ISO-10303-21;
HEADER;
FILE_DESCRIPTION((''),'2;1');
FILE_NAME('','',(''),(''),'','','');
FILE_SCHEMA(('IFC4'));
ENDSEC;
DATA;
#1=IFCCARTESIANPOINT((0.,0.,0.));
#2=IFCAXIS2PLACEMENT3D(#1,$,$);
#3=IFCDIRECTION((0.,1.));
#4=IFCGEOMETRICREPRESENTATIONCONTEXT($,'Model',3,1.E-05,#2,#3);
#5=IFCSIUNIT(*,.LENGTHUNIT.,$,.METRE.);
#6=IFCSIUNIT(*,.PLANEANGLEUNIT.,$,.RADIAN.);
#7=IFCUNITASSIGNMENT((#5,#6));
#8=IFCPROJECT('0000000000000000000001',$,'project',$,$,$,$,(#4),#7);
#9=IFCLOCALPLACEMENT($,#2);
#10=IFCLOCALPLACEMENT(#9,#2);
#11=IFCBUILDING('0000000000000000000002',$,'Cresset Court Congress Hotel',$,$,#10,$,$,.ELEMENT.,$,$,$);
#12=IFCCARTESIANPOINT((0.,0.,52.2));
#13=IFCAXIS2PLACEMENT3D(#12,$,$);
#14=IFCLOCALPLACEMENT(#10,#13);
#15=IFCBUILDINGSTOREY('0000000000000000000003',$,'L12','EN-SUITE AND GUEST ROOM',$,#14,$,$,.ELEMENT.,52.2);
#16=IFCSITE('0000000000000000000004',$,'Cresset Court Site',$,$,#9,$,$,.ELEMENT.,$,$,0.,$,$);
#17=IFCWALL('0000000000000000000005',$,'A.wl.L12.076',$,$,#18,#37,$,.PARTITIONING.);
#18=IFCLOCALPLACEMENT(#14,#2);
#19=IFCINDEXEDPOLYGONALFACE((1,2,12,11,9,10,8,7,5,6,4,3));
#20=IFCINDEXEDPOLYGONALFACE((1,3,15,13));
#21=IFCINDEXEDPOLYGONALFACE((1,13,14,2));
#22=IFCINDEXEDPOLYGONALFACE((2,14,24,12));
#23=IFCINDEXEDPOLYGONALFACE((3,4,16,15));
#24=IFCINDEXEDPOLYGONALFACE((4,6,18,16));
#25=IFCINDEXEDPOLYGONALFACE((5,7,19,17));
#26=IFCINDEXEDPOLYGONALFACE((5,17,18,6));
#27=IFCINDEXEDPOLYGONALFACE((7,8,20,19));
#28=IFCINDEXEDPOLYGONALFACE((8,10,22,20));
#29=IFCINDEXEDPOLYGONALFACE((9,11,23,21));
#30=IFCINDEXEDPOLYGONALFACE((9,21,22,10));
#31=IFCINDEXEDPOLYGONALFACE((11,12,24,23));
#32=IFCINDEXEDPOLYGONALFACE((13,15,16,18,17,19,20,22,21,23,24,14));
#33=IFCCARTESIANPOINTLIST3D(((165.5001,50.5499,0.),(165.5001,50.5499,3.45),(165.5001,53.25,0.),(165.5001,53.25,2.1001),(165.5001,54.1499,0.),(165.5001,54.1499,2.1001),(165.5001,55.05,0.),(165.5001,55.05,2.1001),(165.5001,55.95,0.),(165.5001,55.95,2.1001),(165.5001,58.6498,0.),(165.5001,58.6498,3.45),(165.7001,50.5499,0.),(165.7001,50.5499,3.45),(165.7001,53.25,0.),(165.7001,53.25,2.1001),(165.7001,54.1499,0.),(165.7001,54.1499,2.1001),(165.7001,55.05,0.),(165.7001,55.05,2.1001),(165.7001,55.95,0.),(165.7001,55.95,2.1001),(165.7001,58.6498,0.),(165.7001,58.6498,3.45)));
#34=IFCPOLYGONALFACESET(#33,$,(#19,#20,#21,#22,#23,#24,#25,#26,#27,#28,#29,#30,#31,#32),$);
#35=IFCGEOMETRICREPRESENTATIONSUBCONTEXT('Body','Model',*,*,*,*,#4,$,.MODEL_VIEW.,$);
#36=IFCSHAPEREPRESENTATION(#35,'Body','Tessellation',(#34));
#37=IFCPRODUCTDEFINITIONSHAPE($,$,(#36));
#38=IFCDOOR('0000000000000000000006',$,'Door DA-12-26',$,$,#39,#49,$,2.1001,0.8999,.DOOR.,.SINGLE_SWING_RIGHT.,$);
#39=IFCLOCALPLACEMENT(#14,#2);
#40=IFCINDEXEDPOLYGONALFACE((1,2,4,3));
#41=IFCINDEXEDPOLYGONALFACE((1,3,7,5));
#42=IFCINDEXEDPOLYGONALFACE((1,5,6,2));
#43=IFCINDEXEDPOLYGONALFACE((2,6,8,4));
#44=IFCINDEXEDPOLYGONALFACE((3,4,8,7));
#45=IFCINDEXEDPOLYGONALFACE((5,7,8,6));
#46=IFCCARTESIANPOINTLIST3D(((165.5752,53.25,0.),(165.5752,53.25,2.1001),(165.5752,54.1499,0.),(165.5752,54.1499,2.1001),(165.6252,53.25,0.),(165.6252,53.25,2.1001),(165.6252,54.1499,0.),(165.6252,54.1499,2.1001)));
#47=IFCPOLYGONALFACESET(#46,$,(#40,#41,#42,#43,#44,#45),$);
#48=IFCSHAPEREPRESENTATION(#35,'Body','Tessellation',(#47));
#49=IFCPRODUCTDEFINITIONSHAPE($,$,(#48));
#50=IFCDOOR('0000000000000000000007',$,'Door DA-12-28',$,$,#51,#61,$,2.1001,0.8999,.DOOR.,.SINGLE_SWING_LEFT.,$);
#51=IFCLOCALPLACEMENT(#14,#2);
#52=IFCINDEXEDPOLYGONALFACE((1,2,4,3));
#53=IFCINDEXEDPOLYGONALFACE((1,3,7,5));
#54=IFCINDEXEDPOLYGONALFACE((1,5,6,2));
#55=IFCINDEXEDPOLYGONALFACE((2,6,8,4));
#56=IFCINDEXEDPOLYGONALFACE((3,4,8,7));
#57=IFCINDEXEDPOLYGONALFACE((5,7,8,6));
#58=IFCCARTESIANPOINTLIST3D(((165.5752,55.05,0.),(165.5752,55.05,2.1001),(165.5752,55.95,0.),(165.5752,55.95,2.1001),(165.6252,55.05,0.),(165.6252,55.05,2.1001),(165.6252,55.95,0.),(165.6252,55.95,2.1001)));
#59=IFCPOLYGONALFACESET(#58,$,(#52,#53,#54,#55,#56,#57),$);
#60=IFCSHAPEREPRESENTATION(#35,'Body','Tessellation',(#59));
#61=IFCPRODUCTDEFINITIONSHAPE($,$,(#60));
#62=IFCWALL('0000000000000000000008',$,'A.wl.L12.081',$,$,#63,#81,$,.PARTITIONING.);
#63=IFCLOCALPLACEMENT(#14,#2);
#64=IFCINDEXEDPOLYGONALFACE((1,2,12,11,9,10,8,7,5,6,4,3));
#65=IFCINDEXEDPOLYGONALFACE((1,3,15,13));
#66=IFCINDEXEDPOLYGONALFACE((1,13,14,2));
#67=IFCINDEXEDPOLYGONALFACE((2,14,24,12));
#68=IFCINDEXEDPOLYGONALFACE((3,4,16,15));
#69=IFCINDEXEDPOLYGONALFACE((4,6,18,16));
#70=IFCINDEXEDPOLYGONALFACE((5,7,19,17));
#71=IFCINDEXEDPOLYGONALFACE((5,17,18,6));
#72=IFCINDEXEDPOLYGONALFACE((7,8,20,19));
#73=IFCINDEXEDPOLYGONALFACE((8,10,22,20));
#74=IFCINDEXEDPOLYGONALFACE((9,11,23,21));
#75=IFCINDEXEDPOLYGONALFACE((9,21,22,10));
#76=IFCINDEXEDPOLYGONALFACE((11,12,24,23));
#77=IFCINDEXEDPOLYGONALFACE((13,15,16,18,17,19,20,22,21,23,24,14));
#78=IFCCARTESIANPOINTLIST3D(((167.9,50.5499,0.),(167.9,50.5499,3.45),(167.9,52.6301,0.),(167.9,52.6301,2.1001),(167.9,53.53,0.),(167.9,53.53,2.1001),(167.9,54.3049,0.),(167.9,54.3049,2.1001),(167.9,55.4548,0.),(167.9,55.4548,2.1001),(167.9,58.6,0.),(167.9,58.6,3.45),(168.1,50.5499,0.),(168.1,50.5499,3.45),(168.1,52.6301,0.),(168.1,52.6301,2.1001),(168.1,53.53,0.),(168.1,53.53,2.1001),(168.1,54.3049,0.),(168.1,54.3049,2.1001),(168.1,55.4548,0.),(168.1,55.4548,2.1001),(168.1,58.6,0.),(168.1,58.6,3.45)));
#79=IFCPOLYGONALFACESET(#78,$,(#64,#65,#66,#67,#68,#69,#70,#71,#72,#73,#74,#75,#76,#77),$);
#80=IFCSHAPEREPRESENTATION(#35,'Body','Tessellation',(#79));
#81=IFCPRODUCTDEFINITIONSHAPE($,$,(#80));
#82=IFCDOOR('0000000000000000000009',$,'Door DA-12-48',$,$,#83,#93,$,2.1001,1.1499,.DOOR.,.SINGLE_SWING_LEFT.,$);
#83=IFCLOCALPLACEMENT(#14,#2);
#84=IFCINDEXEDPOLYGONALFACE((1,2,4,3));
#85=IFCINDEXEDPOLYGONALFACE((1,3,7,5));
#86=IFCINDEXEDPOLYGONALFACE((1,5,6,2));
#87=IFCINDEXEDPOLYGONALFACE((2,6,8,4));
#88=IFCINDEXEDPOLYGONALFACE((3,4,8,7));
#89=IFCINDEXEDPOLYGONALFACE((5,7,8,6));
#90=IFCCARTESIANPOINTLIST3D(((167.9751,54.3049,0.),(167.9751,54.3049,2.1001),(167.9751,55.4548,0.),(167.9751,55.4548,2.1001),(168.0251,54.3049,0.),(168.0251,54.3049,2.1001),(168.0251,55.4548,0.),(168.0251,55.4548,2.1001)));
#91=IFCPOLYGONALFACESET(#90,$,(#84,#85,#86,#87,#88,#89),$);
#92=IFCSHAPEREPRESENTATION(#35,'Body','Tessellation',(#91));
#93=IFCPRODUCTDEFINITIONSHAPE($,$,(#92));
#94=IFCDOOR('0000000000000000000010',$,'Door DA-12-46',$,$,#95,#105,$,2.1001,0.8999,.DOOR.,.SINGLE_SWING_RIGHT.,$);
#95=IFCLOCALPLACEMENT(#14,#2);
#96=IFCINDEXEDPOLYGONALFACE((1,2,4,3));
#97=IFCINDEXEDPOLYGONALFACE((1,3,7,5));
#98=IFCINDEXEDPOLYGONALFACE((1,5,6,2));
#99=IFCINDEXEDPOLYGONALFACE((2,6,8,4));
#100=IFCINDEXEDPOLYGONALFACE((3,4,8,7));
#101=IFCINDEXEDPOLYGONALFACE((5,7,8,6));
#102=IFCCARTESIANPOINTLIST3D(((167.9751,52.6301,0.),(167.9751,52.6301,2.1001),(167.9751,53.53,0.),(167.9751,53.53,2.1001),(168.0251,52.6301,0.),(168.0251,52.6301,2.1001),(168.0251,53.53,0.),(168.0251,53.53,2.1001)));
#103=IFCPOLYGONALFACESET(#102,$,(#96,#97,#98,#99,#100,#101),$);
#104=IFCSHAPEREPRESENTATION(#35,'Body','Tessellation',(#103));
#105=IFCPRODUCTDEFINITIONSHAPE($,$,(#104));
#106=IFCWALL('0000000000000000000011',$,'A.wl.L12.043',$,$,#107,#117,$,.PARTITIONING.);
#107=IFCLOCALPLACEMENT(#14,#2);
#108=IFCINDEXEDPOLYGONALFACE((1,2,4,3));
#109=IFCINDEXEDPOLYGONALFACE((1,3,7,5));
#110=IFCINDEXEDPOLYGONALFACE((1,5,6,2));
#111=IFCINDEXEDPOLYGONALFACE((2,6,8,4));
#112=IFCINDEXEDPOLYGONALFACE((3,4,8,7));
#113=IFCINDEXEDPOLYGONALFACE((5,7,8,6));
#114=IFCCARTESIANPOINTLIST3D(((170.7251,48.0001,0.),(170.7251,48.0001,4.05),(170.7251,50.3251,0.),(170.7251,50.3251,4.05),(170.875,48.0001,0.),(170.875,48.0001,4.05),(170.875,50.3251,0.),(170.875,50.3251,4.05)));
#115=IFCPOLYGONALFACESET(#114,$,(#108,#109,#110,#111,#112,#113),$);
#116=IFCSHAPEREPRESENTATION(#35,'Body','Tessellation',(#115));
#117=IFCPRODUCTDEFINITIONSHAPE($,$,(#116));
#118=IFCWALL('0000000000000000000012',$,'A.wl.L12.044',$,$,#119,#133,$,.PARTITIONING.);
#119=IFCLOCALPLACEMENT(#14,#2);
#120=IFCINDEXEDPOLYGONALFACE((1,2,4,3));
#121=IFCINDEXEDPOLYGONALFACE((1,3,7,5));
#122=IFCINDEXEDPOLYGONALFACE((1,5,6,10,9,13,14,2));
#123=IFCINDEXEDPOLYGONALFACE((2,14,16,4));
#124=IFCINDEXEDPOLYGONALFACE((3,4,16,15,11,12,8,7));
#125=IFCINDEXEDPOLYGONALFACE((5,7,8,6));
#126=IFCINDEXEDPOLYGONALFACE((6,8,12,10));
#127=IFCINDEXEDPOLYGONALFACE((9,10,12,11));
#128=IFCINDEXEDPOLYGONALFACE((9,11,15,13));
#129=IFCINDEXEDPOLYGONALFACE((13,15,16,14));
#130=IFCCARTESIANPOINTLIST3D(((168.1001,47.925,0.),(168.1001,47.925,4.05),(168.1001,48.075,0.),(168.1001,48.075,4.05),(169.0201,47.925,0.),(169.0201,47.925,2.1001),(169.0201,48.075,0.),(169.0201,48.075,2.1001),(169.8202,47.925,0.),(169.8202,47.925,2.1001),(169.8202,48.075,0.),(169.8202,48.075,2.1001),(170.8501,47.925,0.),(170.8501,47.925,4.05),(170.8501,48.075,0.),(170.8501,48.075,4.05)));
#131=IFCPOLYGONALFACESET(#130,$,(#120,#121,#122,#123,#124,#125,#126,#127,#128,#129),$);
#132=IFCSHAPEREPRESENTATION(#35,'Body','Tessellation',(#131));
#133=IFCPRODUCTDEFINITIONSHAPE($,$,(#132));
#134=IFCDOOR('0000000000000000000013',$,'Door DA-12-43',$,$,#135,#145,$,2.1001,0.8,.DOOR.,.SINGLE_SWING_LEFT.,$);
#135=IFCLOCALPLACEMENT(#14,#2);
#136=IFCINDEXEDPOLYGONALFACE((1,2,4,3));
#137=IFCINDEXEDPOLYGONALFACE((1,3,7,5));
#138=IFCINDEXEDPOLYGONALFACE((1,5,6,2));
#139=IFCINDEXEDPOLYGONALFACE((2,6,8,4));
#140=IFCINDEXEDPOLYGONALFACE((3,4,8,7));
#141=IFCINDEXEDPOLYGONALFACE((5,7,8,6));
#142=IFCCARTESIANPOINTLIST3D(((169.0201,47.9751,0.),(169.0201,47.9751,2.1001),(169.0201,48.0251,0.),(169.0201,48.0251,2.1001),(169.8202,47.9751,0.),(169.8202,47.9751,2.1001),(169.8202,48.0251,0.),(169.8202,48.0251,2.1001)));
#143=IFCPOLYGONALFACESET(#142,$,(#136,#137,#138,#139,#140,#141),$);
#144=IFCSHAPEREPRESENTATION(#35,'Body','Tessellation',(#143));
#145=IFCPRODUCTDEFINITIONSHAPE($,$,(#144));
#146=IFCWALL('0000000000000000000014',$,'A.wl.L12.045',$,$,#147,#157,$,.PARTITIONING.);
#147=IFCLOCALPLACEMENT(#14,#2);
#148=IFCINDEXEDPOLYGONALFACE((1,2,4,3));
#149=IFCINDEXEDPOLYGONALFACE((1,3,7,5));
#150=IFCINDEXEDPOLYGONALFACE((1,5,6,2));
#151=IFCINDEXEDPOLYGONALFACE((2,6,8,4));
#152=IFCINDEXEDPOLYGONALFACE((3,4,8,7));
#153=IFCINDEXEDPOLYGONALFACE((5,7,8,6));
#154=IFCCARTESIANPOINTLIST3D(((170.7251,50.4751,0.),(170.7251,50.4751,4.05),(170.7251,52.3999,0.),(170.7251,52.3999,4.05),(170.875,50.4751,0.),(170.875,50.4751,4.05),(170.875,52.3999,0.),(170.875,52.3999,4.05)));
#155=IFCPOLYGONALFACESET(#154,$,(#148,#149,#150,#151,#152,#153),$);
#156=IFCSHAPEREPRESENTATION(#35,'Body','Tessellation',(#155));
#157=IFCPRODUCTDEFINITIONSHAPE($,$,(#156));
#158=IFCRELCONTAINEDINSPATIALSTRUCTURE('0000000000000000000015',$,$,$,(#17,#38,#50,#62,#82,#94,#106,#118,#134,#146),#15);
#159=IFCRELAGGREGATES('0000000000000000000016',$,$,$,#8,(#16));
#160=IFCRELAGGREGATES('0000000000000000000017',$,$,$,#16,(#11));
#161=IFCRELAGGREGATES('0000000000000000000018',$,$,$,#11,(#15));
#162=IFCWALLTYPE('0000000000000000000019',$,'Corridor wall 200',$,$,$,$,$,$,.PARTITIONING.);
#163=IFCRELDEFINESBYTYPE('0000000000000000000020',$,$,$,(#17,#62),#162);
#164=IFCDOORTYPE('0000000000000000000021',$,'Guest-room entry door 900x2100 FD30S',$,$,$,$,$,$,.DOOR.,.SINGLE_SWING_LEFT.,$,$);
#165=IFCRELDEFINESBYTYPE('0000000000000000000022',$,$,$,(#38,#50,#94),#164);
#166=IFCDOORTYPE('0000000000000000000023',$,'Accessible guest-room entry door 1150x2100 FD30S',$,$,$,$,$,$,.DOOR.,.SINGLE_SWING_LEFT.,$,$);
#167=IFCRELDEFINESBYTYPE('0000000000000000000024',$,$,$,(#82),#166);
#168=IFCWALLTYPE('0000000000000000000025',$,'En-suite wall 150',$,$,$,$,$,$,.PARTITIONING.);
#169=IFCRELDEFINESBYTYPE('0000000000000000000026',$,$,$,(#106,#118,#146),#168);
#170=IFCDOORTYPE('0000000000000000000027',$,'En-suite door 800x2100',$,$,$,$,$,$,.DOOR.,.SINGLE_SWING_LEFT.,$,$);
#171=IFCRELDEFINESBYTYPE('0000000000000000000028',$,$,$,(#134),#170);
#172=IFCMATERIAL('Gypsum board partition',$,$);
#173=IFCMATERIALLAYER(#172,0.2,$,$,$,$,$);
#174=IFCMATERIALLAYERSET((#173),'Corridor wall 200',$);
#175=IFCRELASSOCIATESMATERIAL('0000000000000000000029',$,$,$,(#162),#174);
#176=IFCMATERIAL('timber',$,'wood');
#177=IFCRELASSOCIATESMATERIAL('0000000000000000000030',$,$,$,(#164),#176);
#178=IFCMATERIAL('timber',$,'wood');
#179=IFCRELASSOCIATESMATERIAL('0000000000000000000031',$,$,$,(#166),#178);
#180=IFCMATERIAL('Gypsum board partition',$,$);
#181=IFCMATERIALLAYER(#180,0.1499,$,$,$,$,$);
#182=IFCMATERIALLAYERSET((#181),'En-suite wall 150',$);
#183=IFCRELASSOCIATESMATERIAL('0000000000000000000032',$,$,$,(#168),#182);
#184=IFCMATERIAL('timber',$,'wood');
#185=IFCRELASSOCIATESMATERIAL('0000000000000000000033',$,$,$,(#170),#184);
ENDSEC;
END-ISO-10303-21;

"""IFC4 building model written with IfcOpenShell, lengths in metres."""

from ifc_helpers import new_model, si_unit, direction, frame, frame_2d, origin, place, context, subcontext, project, spatial, rectangle, extrude, material, layer, layer_set, type_object, element, fill, save


model = new_model("IFC4")

# Units and contexts
model_context = context("Model", 3, precision=1e-05, world=origin(), true_north=direction((0.0, 1.0)))
body_context = subcontext(model_context, "Body", "Model", "MODEL_VIEW")
ifc_project = project(units=[si_unit("LENGTHUNIT", "METRE"), si_unit("PLANEANGLEUNIT", "RADIAN")], contexts=[model_context])

# Site, building, storey
site_placement = place(None, origin())
site = spatial("IfcSite", under=ifc_project, at=site_placement, Name="Cresset Court Site", CompositionType="ELEMENT", RefElevation=0.0)
building_placement = place(site_placement, origin())
building = spatial("IfcBuilding", under=site, at=building_placement, Name="Cresset Court Congress Hotel", CompositionType="ELEMENT")
storey_placement = place(building_placement, frame((0.0, 0.0, 52.2)))
storey = spatial("IfcBuildingStorey", under=building, at=storey_placement, Name="L12", Description="EN-SUITE AND GUEST ROOM", CompositionType="ELEMENT", Elevation=52.2)

# Walls, openings, doors
ifc_material_1 = material(Name="Gypsum board partition")
ifc_layer_1 = layer(ifc_material_1, 0.2)
ifc_layer_set_1 = layer_set([ifc_layer_1], Name="Corridor wall 200")
wall_type_1 = type_object("IfcWallType", Name="Corridor wall 200", PredefinedType="PARTITIONING", material=ifc_layer_set_1)
wall_1_placement = place(storey_placement, frame((165.6001, 50.55, 0.0), z_axis=(0.0, 0.0, 1.0), x_axis=(0.0, 1.0, 0.0)))
wall_1 = element("IfcWall", 1, at=wall_1_placement, inside=storey, type_object=wall_type_1, Name="A.wl.L12.076", PredefinedType="PARTITIONING", context=body_context, shape_type="SweptSolid", body=[
    extrude(rectangle(XDim=8.0999, YDim=0.2, at=frame_2d((4.0498, 0.0))), origin(), (0.0, 0.0, 1.0), 3.45),
])
opening_1_placement = place(wall_1_placement, frame((2.7, 0.0, 0.0)))
opening_1 = element("IfcOpeningElement", 2, at=opening_1_placement, cuts=wall_1, PredefinedType="OPENING", context=body_context, shape_type="SweptSolid", body=[
    extrude(rectangle(XDim=0.8999, YDim=2.1001, at=frame_2d((0.45, 1.05))), frame((0.0, 0.1099, 0.0), z_axis=(0.0, -1.0, 0.0), x_axis=(1.0, 0.0, 0.0)), (0.0, 0.0, 1.0), 0.22),
])
opening_2_placement = place(wall_1_placement, frame((4.5, 0.0, 0.0)))
opening_2 = element("IfcOpeningElement", 3, at=opening_2_placement, cuts=wall_1, PredefinedType="OPENING", context=body_context, shape_type="SweptSolid", body=[
    extrude(rectangle(XDim=0.8999, YDim=2.1001, at=frame_2d((0.45, 1.05))), frame((0.0, 0.1099, 0.0), z_axis=(0.0, -1.0, 0.0), x_axis=(1.0, 0.0, 0.0)), (0.0, 0.0, 1.0), 0.22),
])
ifc_material_2 = material(Name="timber", Category="wood")
door_type_1 = type_object("IfcDoorType", Name="Guest-room entry door 900x2100 FD30S", OperationType="SINGLE_SWING_LEFT", PredefinedType="DOOR", material=ifc_material_2)
door_1_placement = place(opening_1_placement, origin())
door_1 = element("IfcDoor", 4, at=door_1_placement, inside=storey, type_object=door_type_1, Name="Door DA-12-26", OperationType="SINGLE_SWING_RIGHT", OverallHeight=2.1001, OverallWidth=0.8999, PredefinedType="DOOR", context=body_context, shape_type="SweptSolid", body=[
    extrude(rectangle(XDim=0.8999, YDim=2.1001, at=frame_2d((0.45, 1.05))), frame((0.0, 0.0249, 0.0), z_axis=(0.0, -1.0, 0.0), x_axis=(1.0, 0.0, 0.0)), (0.0, 0.0, 1.0), 0.05),
])
fill(opening_1, door_1)
door_2_placement = place(opening_2_placement, origin())
door_2 = element("IfcDoor", 5, at=door_2_placement, inside=storey, type_object=door_type_1, Name="Door DA-12-28", OperationType="SINGLE_SWING_LEFT", OverallHeight=2.1001, OverallWidth=0.8999, PredefinedType="DOOR", context=body_context, shape_type="SweptSolid", body=[
    extrude(rectangle(XDim=0.8999, YDim=2.1001, at=frame_2d((0.45, 1.05))), frame((0.0, 0.0249, 0.0), z_axis=(0.0, -1.0, 0.0), x_axis=(1.0, 0.0, 0.0)), (0.0, 0.0, 1.0), 0.05),
])
fill(opening_2, door_2)
wall_2_placement = place(storey_placement, frame((168.0, 50.55, 0.0), z_axis=(0.0, 0.0, 1.0), x_axis=(0.0, 1.0, 0.0)))
wall_2 = element("IfcWall", 6, at=wall_2_placement, inside=storey, type_object=wall_type_1, Name="A.wl.L12.081", PredefinedType="PARTITIONING", context=body_context, shape_type="SweptSolid", body=[
    extrude(rectangle(XDim=8.05, YDim=0.2, at=frame_2d((4.0249, 0.0))), origin(), (0.0, 0.0, 1.0), 3.45),
])
opening_3_placement = place(wall_2_placement, frame((2.0801, 0.0, 0.0)))
opening_3 = element("IfcOpeningElement", 7, at=opening_3_placement, cuts=wall_2, PredefinedType="OPENING", context=body_context, shape_type="SweptSolid", body=[
    extrude(rectangle(XDim=0.8999, YDim=2.1001, at=frame_2d((0.45, 1.05))), frame((0.0, 0.1099, 0.0), z_axis=(0.0, -1.0, 0.0), x_axis=(1.0, 0.0, 0.0)), (0.0, 0.0, 1.0), 0.22),
])
opening_4_placement = place(wall_2_placement, frame((3.7549, 0.0, 0.0)))
opening_4 = element("IfcOpeningElement", 8, at=opening_4_placement, cuts=wall_2, PredefinedType="OPENING", context=body_context, shape_type="SweptSolid", body=[
    extrude(rectangle(XDim=1.1499, YDim=2.1001, at=frame_2d((0.575, 1.05))), frame((0.0, 0.1099, 0.0), z_axis=(0.0, -1.0, 0.0), x_axis=(1.0, 0.0, 0.0)), (0.0, 0.0, 1.0), 0.22),
])
ifc_material_3 = material(Name="timber", Category="wood")
door_type_2 = type_object("IfcDoorType", Name="Accessible guest-room entry door 1150x2100 FD30S", OperationType="SINGLE_SWING_LEFT", PredefinedType="DOOR", material=ifc_material_3)
door_3_placement = place(opening_4_placement, origin())
door_3 = element("IfcDoor", 9, at=door_3_placement, inside=storey, type_object=door_type_2, Name="Door DA-12-48", OperationType="SINGLE_SWING_LEFT", OverallHeight=2.1001, OverallWidth=1.1499, PredefinedType="DOOR", context=body_context, shape_type="SweptSolid", body=[
    extrude(rectangle(XDim=1.1499, YDim=2.1001, at=frame_2d((0.575, 1.05))), frame((0.0, 0.0249, 0.0), z_axis=(0.0, -1.0, 0.0), x_axis=(1.0, 0.0, 0.0)), (0.0, 0.0, 1.0), 0.05),
])
fill(opening_4, door_3)
door_4_placement = place(opening_3_placement, origin())
door_4 = element("IfcDoor", 10, at=door_4_placement, inside=storey, type_object=door_type_1, Name="Door DA-12-46", OperationType="SINGLE_SWING_RIGHT", OverallHeight=2.1001, OverallWidth=0.8999, PredefinedType="DOOR", context=body_context, shape_type="SweptSolid", body=[
    extrude(rectangle(XDim=0.8999, YDim=2.1001, at=frame_2d((0.45, 1.05))), frame((0.0, 0.0249, 0.0), z_axis=(0.0, -1.0, 0.0), x_axis=(1.0, 0.0, 0.0)), (0.0, 0.0, 1.0), 0.05),
])
fill(opening_3, door_4)

# Wall
ifc_material_4 = material(Name="Gypsum board partition")
ifc_layer_2 = layer(ifc_material_4, 0.1499)
ifc_layer_set_2 = layer_set([ifc_layer_2], Name="En-suite wall 150")
wall_type_2 = type_object("IfcWallType", Name="En-suite wall 150", PredefinedType="PARTITIONING", material=ifc_layer_set_2)
wall_3_placement = place(storey_placement, frame((170.8, 48.0, 0.0), z_axis=(0.0, 0.0, 1.0), x_axis=(0.0, 1.0, 0.0)))
element("IfcWall", 11, at=wall_3_placement, inside=storey, type_object=wall_type_2, Name="A.wl.L12.043", PredefinedType="PARTITIONING", context=body_context, shape_type="SweptSolid", body=[
    extrude(rectangle(XDim=2.325, YDim=0.1499, at=frame_2d((1.1626, 0.0))), origin(), (0.0, 0.0, 1.0), 4.05),
])

# Wall, opening, door
wall_4_placement = place(storey_placement, frame((170.8501, 48.0, 0.0), z_axis=(0.0, 0.0, 1.0), x_axis=(-1.0, 0.0, 0.0)))
wall_4 = element("IfcWall", 12, at=wall_4_placement, inside=storey, type_object=wall_type_2, Name="A.wl.L12.044", PredefinedType="PARTITIONING", context=body_context, shape_type="SweptSolid", body=[
    extrude(rectangle(XDim=2.75, YDim=0.1499, at=frame_2d((1.375, 0.0))), origin(), (0.0, 0.0, 1.0), 4.05),
])
opening_5_placement = place(wall_4_placement, frame((1.03, 0.0, 0.0)))
opening_5 = element("IfcOpeningElement", 13, at=opening_5_placement, cuts=wall_4, PredefinedType="OPENING", context=body_context, shape_type="SweptSolid", body=[
    extrude(rectangle(XDim=0.8, YDim=2.1001, at=frame_2d((0.3999, 1.05))), frame((0.0, 0.085, 0.0), z_axis=(0.0, -1.0, 0.0), x_axis=(1.0, 0.0, 0.0)), (0.0, 0.0, 1.0), 0.1699),
])
ifc_material_5 = material(Name="timber", Category="wood")
door_type_3 = type_object("IfcDoorType", Name="En-suite door 800x2100", OperationType="SINGLE_SWING_LEFT", PredefinedType="DOOR", material=ifc_material_5)
door_5_placement = place(opening_5_placement, origin())
door_5 = element("IfcDoor", 14, at=door_5_placement, inside=storey, type_object=door_type_3, Name="Door DA-12-43", OperationType="SINGLE_SWING_LEFT", OverallHeight=2.1001, OverallWidth=0.8, PredefinedType="DOOR", context=body_context, shape_type="SweptSolid", body=[
    extrude(rectangle(XDim=0.8, YDim=2.1001, at=frame_2d((0.3999, 1.05))), frame((0.0, 0.0249, 0.0), z_axis=(0.0, -1.0, 0.0), x_axis=(1.0, 0.0, 0.0)), (0.0, 0.0, 1.0), 0.05),
])
fill(opening_5, door_5)

# Wall
wall_5_placement = place(storey_placement, frame((170.8, 50.4751, 0.0), z_axis=(0.0, 0.0, 1.0), x_axis=(0.0, 1.0, 0.0)))
element("IfcWall", 15, at=wall_5_placement, inside=storey, type_object=wall_type_2, Name="A.wl.L12.045", PredefinedType="PARTITIONING", context=body_context, shape_type="SweptSolid", body=[
    extrude(rectangle(XDim=1.9248, YDim=0.1499, at=frame_2d((0.9624, 0.0))), origin(), (0.0, 0.0, 1.0), 4.05),
])

save(model, "model.ifc")
